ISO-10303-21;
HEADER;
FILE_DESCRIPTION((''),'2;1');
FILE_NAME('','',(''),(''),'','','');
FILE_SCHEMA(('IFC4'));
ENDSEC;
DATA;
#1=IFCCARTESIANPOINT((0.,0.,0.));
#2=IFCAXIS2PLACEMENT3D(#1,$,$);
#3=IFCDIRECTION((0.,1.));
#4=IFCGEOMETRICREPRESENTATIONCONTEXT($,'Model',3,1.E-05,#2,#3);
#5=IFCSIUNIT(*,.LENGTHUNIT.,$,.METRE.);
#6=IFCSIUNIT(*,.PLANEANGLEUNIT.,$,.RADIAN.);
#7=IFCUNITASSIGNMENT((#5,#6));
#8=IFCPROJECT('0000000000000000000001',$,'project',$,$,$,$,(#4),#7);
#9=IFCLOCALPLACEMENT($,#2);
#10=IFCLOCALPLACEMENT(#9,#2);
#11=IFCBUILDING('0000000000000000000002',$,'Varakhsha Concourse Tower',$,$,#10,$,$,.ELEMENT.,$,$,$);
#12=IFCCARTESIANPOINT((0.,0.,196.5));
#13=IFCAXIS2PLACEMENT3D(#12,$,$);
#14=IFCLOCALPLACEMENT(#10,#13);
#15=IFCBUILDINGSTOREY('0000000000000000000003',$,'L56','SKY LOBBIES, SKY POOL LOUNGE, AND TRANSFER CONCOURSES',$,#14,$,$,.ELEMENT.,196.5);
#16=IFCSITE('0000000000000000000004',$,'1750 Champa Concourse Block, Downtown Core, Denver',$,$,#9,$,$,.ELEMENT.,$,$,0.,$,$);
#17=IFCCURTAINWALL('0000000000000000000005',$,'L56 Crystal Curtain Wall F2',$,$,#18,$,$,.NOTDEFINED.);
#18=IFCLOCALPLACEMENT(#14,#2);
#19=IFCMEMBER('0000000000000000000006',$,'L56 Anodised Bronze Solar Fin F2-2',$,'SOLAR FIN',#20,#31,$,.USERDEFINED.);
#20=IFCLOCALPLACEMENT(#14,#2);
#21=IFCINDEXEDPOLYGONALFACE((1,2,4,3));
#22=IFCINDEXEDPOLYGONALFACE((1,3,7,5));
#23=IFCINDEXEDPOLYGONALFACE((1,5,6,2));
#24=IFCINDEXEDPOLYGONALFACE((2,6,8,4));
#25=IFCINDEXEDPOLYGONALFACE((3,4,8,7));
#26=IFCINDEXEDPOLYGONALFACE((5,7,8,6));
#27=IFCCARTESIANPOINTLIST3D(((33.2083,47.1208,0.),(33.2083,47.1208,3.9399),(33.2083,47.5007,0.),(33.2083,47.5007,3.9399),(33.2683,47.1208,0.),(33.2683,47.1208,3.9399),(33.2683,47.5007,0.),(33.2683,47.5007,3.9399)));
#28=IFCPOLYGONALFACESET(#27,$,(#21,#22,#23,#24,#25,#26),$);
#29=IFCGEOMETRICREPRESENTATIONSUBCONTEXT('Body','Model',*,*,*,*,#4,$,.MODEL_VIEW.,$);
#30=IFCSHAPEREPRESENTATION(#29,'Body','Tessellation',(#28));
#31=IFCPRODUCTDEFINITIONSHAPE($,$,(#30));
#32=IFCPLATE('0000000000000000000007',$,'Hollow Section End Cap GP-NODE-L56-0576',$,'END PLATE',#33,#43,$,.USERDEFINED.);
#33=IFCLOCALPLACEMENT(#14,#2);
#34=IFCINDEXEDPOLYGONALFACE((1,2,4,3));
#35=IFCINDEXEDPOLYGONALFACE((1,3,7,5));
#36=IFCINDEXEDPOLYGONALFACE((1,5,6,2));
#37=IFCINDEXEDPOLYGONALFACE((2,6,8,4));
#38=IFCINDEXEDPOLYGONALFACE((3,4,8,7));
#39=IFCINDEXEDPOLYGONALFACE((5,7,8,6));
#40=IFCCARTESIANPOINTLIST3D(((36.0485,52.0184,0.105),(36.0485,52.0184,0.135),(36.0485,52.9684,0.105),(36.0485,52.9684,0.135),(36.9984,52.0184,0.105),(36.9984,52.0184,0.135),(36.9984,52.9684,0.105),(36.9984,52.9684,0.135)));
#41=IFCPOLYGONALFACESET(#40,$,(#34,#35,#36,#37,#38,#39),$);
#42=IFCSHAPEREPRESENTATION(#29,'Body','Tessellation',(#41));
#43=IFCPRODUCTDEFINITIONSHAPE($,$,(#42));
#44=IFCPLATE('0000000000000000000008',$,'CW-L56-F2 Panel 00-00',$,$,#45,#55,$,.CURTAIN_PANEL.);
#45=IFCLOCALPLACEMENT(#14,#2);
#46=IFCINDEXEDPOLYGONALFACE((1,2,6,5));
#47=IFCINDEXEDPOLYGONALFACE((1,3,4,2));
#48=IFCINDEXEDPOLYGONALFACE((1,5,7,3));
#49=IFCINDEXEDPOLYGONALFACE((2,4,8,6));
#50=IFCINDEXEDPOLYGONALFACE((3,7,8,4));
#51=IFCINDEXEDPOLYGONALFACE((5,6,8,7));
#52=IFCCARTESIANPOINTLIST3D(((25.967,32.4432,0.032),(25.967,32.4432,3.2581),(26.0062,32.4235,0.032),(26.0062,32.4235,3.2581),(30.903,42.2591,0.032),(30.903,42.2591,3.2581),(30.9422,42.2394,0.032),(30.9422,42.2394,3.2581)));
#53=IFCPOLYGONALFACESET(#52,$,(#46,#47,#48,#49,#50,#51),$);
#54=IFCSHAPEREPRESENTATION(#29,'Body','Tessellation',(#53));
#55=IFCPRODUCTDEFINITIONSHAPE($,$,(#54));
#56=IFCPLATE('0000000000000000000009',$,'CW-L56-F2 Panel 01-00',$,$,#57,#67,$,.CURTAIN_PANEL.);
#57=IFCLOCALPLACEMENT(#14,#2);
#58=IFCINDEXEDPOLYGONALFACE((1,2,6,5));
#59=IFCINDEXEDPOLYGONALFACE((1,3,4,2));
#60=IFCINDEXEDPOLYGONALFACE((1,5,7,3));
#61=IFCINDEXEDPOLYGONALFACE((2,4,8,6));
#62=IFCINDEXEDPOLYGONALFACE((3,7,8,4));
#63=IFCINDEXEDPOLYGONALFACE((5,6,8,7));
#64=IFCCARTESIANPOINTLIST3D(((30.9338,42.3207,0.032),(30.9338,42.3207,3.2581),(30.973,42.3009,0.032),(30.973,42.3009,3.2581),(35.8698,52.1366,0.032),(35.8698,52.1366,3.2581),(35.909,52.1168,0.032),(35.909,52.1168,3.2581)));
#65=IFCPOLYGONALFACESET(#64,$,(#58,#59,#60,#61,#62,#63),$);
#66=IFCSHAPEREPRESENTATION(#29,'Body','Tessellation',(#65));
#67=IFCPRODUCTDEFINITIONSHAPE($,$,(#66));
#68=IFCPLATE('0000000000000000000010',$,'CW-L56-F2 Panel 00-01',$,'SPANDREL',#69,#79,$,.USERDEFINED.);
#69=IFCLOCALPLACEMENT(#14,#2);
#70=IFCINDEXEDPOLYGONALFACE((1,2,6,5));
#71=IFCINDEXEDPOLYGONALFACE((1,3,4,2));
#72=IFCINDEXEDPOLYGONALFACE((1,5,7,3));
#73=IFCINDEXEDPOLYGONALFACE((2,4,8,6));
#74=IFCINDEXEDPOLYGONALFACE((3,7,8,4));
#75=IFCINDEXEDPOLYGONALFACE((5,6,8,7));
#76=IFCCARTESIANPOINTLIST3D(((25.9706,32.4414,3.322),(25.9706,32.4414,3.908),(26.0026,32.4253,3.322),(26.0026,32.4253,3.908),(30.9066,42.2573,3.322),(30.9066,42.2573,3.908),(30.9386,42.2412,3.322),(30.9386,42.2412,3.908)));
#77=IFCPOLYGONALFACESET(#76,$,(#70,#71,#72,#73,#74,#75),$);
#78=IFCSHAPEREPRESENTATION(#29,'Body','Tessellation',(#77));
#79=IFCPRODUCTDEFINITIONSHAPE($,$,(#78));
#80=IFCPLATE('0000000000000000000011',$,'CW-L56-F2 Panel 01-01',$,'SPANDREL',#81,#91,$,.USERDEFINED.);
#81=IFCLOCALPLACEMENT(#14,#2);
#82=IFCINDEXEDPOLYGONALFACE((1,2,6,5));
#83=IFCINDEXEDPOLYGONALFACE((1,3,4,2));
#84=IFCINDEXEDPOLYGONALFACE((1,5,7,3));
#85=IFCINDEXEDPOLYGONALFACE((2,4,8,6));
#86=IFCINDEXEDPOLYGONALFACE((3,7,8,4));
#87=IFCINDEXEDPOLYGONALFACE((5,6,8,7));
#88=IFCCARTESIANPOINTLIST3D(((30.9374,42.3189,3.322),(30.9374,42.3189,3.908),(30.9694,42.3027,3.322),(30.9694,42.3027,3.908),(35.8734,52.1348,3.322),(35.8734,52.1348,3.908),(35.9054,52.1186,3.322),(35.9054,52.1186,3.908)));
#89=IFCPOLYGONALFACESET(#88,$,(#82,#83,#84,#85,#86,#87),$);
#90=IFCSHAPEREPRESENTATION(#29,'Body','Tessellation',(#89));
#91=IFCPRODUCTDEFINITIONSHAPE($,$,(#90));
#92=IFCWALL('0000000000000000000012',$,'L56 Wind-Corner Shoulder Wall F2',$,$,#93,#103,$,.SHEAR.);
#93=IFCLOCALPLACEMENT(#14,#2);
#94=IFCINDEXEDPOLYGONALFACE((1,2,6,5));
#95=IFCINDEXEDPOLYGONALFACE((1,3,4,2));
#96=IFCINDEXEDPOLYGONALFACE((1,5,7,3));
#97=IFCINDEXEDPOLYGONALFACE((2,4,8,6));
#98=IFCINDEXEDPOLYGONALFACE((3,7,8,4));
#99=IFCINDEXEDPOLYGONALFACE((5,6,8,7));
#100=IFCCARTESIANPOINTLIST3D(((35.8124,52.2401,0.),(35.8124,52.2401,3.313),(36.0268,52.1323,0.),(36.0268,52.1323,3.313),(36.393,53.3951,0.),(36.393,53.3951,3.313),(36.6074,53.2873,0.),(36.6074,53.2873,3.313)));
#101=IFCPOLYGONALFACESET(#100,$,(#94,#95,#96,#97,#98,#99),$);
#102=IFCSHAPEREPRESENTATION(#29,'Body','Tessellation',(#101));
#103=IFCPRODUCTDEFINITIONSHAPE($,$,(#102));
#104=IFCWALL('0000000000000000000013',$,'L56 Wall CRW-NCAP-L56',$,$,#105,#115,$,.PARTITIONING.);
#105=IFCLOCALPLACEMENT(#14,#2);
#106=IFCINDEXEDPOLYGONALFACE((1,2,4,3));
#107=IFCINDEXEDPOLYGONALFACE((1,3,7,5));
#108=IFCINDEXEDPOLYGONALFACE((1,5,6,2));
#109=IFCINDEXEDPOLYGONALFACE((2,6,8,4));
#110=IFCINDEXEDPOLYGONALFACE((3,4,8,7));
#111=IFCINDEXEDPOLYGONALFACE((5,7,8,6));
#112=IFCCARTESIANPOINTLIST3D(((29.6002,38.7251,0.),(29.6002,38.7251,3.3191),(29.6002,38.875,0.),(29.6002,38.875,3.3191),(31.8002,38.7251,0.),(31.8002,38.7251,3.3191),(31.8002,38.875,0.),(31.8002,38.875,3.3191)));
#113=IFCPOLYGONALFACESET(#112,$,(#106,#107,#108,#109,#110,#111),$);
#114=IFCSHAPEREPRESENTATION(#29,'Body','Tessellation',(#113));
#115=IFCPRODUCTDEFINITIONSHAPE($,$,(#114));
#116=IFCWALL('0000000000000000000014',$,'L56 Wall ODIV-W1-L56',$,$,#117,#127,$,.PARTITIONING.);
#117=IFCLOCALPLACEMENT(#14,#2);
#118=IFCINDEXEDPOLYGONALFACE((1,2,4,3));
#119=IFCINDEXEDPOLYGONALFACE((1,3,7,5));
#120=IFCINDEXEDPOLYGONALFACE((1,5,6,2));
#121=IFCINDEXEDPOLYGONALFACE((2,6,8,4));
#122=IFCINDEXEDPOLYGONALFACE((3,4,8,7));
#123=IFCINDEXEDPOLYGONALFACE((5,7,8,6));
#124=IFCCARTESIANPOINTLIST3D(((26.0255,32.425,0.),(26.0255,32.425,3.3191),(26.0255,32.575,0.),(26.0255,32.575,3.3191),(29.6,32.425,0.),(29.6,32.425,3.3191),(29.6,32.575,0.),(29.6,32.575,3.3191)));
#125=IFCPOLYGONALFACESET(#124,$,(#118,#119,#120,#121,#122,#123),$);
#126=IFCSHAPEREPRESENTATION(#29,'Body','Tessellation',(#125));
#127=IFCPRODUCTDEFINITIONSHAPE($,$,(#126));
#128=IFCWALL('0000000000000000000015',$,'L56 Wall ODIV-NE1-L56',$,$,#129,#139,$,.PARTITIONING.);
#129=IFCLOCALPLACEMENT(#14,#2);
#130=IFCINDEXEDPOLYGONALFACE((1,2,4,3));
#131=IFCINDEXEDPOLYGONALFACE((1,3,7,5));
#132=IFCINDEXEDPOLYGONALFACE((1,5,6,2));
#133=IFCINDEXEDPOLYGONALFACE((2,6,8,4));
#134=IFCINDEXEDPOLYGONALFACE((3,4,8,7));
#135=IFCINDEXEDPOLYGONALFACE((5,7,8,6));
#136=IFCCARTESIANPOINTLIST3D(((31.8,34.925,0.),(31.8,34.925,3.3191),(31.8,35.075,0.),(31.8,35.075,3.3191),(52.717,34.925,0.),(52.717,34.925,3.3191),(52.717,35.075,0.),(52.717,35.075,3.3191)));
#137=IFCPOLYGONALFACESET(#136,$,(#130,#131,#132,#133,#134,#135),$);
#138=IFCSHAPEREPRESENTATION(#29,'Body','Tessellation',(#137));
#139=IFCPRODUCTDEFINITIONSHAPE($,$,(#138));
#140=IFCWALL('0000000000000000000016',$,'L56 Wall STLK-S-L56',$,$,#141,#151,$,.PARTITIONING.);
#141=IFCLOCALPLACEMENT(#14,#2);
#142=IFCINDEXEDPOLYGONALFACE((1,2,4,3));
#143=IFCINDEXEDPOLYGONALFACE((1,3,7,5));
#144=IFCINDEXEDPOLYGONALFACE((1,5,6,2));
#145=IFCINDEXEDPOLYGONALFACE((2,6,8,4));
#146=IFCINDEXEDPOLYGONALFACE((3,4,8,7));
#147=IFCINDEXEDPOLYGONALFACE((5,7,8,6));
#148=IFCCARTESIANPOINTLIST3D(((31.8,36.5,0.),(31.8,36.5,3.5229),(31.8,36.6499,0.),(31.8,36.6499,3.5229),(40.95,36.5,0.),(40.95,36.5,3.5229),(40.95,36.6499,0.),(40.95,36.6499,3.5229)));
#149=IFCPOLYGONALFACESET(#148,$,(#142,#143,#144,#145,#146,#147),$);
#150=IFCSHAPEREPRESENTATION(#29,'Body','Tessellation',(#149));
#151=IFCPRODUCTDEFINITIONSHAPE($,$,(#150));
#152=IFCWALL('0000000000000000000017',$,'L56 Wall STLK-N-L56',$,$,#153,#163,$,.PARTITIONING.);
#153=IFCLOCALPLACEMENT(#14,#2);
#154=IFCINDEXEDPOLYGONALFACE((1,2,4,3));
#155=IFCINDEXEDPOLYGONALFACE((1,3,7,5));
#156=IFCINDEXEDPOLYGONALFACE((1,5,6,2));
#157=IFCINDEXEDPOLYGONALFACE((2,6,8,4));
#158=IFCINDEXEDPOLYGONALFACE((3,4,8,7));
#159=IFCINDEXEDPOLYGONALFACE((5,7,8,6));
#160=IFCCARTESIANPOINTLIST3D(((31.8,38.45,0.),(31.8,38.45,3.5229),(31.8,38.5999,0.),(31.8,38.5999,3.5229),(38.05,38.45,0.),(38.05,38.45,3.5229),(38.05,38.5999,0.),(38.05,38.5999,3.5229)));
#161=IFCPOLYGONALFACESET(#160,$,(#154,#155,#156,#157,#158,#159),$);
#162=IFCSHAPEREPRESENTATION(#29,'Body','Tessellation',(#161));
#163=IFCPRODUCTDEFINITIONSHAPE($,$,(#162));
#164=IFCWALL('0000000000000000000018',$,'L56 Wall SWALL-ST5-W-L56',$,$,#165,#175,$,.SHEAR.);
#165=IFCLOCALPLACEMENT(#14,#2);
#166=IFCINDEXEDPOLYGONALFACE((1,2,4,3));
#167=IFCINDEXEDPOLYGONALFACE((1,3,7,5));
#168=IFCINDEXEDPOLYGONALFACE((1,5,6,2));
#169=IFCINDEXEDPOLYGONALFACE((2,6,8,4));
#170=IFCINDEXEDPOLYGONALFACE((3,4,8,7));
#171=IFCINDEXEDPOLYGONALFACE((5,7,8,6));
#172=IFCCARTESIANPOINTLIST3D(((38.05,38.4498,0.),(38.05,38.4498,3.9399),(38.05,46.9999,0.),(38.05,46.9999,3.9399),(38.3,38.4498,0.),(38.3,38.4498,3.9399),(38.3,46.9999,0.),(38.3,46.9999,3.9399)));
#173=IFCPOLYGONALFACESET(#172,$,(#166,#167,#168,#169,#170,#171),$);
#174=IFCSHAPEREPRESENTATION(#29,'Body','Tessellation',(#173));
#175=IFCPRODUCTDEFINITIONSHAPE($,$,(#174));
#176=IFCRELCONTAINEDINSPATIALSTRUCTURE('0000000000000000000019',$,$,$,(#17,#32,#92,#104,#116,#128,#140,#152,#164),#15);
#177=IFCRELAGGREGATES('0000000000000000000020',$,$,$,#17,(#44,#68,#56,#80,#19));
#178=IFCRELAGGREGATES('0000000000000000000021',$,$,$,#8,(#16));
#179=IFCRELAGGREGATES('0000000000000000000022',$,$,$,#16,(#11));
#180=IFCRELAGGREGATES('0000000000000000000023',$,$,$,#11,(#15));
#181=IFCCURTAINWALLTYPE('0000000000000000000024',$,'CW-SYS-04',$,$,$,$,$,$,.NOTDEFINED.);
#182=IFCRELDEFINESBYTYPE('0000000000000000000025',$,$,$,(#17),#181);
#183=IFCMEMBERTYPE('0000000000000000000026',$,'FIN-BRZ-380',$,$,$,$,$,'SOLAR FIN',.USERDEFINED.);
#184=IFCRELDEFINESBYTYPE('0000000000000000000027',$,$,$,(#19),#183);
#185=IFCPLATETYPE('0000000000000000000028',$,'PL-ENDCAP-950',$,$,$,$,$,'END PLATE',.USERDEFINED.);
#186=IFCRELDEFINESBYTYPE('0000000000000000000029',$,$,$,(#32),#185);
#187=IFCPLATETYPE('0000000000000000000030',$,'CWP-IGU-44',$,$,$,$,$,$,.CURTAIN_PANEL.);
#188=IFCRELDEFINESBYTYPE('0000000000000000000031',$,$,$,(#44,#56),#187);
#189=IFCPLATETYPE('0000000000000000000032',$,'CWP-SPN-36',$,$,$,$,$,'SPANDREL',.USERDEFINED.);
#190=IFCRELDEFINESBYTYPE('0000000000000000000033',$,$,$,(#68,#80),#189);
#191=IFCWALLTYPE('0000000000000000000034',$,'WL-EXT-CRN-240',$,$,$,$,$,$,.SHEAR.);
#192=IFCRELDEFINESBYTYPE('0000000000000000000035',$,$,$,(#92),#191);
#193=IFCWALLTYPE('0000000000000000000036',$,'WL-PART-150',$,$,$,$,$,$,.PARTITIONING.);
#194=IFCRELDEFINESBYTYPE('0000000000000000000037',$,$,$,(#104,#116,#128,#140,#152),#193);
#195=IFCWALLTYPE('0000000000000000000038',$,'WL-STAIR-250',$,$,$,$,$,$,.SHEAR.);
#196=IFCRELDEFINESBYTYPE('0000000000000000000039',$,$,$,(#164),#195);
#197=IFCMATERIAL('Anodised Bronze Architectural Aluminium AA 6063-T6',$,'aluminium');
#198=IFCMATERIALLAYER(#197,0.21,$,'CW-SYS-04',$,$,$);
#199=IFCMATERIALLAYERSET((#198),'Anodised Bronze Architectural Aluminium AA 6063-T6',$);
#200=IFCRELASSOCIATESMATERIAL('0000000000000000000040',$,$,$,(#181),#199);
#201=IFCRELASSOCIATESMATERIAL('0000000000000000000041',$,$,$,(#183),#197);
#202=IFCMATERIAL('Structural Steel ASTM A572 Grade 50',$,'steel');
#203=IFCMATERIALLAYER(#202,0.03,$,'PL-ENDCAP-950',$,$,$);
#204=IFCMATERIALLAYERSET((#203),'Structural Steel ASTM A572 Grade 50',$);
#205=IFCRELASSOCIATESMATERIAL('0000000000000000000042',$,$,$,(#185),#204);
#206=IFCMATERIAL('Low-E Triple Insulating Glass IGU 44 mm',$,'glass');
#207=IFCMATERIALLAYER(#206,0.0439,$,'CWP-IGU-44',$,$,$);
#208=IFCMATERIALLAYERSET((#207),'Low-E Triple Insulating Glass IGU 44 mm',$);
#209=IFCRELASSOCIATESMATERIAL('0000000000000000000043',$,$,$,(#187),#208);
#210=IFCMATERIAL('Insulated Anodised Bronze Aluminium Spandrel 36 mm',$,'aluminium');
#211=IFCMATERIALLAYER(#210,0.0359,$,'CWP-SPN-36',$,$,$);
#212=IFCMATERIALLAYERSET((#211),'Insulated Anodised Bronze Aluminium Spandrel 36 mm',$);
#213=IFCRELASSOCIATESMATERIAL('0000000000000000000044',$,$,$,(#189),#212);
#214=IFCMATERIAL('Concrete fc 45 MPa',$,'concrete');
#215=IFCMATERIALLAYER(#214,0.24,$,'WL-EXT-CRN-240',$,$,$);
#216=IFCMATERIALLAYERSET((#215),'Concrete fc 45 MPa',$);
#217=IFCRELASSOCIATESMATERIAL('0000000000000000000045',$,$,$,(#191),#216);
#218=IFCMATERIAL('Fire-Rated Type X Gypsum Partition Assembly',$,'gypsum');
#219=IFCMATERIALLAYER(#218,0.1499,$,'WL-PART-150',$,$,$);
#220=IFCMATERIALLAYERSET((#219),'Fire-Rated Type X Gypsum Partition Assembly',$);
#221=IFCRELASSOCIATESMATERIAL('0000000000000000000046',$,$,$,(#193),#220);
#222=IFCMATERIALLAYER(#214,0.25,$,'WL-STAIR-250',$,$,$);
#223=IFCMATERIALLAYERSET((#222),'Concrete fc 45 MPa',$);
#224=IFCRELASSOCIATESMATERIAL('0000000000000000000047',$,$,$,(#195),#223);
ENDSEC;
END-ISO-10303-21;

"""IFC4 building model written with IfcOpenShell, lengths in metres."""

from ifc_helpers import new_model, si_unit, direction, frame, frame_2d, origin, origin_2d, place, context, subcontext, project, spatial, rectangle, extrude, source, transform, mapped, material, layer, layer_set, material_profile, profile_set, type_object, type_shapes, element, aggregate, save


model = new_model("IFC4")

# Units and contexts
model_context = context("Model", 3, precision=1e-05, world=origin(), true_north=direction((0.0, 1.0)))
body_context = subcontext(model_context, "Body", "Model", "MODEL_VIEW")
ifc_project = project(units=[si_unit("LENGTHUNIT", "METRE"), si_unit("PLANEANGLEUNIT", "RADIAN")], contexts=[model_context])

# Site, building, storey
site_placement = place(None, origin())
site = spatial("IfcSite", under=ifc_project, at=site_placement, Name="1750 Champa Concourse Block, Downtown Core, Denver", CompositionType="ELEMENT", RefElevation=0.0)
building_placement = place(site_placement, origin())
building = spatial("IfcBuilding", under=site, at=building_placement, Name="Varakhsha Concourse Tower", CompositionType="ELEMENT")
storey_placement = place(building_placement, frame((0.0, 0.0, 196.5)))
storey = spatial("IfcBuildingStorey", under=building, at=storey_placement, Name="L56", Description="SKY LOBBIES, SKY POOL LOUNGE, AND TRANSFER CONCOURSES", CompositionType="ELEMENT", Elevation=196.5)

# Shared definitions
ifc_material_1 = material(Name="Structural Steel ASTM A572 Grade 50", Category="steel")

# Shared definitions
ifc_material_2 = material(Name="Anodised Bronze Architectural Aluminium AA 6063-T6", Category="aluminium")
ifc_layer_1 = layer(ifc_material_2, 0.21, Name="CW-SYS-04")
ifc_layer_set_1 = layer_set([ifc_layer_1], Name="Anodised Bronze Architectural Aluminium AA 6063-T6")
curtain_wall_type = type_object("IfcCurtainWallType", Name="CW-SYS-04", PredefinedType="NOTDEFINED", material=ifc_layer_set_1)

# Curtain wall
curtain_wall_1_placement = place(storey_placement, origin())
curtain_wall_1 = element("IfcCurtainWall", 1, at=curtain_wall_1_placement, inside=storey, type_object=curtain_wall_type, Name="L56 Crystal Curtain Wall F2", PredefinedType="NOTDEFINED")

# Member
ifc_material_profile_1 = material_profile(ifc_material_2, rectangle(XDim=0.0601, YDim=0.3799, at=origin_2d()), Name="FIN-BRZ-380")
ifc_profile_set_1 = profile_set([ifc_material_profile_1], Name="Anodised Bronze Architectural Aluminium AA 6063-T6")
member_type_1 = type_object("IfcMemberType", Name="FIN-BRZ-380", ElementType="SOLAR FIN", PredefinedType="USERDEFINED", material=ifc_profile_set_1)
shared_shape_1 = source(origin(), body_context, "Body", "SweptSolid", [
    extrude(rectangle(XDim=0.0601, YDim=0.3799, at=origin_2d()), origin(), (0.0, 0.0, 1.0), 3.9399),
])
type_shapes(member_type_1, [shared_shape_1])
member_1_placement = place(storey_placement, frame((33.2383, 47.3108, 0.0), z_axis=(0.0, 0.0, 1.0), x_axis=(1.0, 0.0, 0.0)))
member_1 = element("IfcMember", 2, at=member_1_placement, type_object=member_type_1, Name="L56 Anodised Bronze Solar Fin F2-2", ObjectType="SOLAR FIN", PredefinedType="USERDEFINED", context=body_context, shape_type="MappedRepresentation", body=[
    mapped(shared_shape_1, transform((0.0, 0.0, 0.0), scale=1.0)),
])

# Plates
ifc_layer_2 = layer(ifc_material_1, 0.03, Name="PL-ENDCAP-950")
ifc_layer_set_2 = layer_set([ifc_layer_2], Name="Structural Steel ASTM A572 Grade 50")
plate_type_1 = type_object("IfcPlateType", Name="PL-ENDCAP-950", ElementType="END PLATE", PredefinedType="USERDEFINED", material=ifc_layer_set_2)
shared_shape_2 = source(origin(), body_context, "Body", "SweptSolid", [
    extrude(rectangle(XDim=0.95, YDim=0.95, at=origin_2d()), origin(), (0.0, 0.0, 1.0), 0.03),
])
type_shapes(plate_type_1, [shared_shape_2])
plate_1_placement = place(storey_placement, frame((36.5234, 52.4934, 0.105), z_axis=(0.0, 0.0, 1.0), x_axis=(1.0, 0.0, 0.0)))
element("IfcPlate", 3, at=plate_1_placement, inside=storey, type_object=plate_type_1, Name="Hollow Section End Cap GP-NODE-L56-0576", ObjectType="END PLATE", PredefinedType="USERDEFINED", context=body_context, shape_type="MappedRepresentation", body=[
    mapped(shared_shape_2, transform((0.0, 0.0, 0.0), scale=1.0)),
])
ifc_material_3 = material(Name="Low-E Triple Insulating Glass IGU 44 mm", Category="glass")
ifc_layer_3 = layer(ifc_material_3, 0.0439, Name="CWP-IGU-44")
ifc_layer_set_3 = layer_set([ifc_layer_3], Name="Low-E Triple Insulating Glass IGU 44 mm")
plate_type_2 = type_object("IfcPlateType", Name="CWP-IGU-44", PredefinedType="CURTAIN_PANEL", material=ifc_layer_set_3)
shared_shape_3 = source(origin(), body_context, "Body", "SweptSolid", [
    extrude(rectangle(XDim=10.9871, YDim=0.0439, at=origin_2d()), origin(), (0.0, 0.0, 1.0), 3.2261),
])
type_shapes(plate_type_2, [shared_shape_3])
plate_2_placement = place(storey_placement, frame((28.4546, 37.3413, 0.032), z_axis=(0.0, 0.0, 1.0), x_axis=(0.449255, 0.893404, 0.0)))
plate_2 = element("IfcPlate", 4, at=plate_2_placement, type_object=plate_type_2, Name="CW-L56-F2 Panel 00-00", PredefinedType="CURTAIN_PANEL", context=body_context, shape_type="MappedRepresentation", body=[
    mapped(shared_shape_3, transform((0.0, 0.0, 0.0), scale=1.0)),
])
plate_3_placement = place(storey_placement, frame((33.4214, 47.2188, 0.032), z_axis=(0.0, 0.0, 1.0), x_axis=(0.449255, 0.893404, 0.0)))
plate_3 = element("IfcPlate", 5, at=plate_3_placement, type_object=plate_type_2, Name="CW-L56-F2 Panel 01-00", PredefinedType="CURTAIN_PANEL", context=body_context, shape_type="MappedRepresentation", body=[
    mapped(shared_shape_3, transform((0.0, 0.0, 0.0), scale=1.0)),
])
ifc_material_4 = material(Name="Insulated Anodised Bronze Aluminium Spandrel 36 mm", Category="aluminium")
ifc_layer_4 = layer(ifc_material_4, 0.0359, Name="CWP-SPN-36")
ifc_layer_set_4 = layer_set([ifc_layer_4], Name="Insulated Anodised Bronze Aluminium Spandrel 36 mm")
plate_type_3 = type_object("IfcPlateType", Name="CWP-SPN-36", ElementType="SPANDREL", PredefinedType="USERDEFINED", material=ifc_layer_set_4)
shared_shape_4 = source(origin(), body_context, "Body", "SweptSolid", [
    extrude(rectangle(XDim=10.9871, YDim=0.0359, at=origin_2d()), origin(), (0.0, 0.0, 1.0), 0.5859),
])
type_shapes(plate_type_3, [shared_shape_4])
plate_4_placement = place(storey_placement, frame((28.4546, 37.3413, 3.322), z_axis=(0.0, 0.0, 1.0), x_axis=(0.449255, 0.893404, 0.0)))
plate_4 = element("IfcPlate", 6, at=plate_4_placement, type_object=plate_type_3, Name="CW-L56-F2 Panel 00-01", ObjectType="SPANDREL", PredefinedType="USERDEFINED", context=body_context, shape_type="MappedRepresentation", body=[
    mapped(shared_shape_4, transform((0.0, 0.0, 0.0), scale=1.0)),
])
plate_5_placement = place(storey_placement, frame((33.4214, 47.2188, 3.322), z_axis=(0.0, 0.0, 1.0), x_axis=(0.449255, 0.893404, 0.0)))
plate_5 = element("IfcPlate", 7, at=plate_5_placement, type_object=plate_type_3, Name="CW-L56-F2 Panel 01-01", ObjectType="SPANDREL", PredefinedType="USERDEFINED", context=body_context, shape_type="MappedRepresentation", body=[
    mapped(shared_shape_4, transform((0.0, 0.0, 0.0), scale=1.0)),
])
aggregate(curtain_wall_1, [plate_2, plate_4, plate_3, plate_5, member_1])

# Walls
ifc_material_5 = material(Name="Concrete fc 45 MPa", Category="concrete")
ifc_layer_5 = layer(ifc_material_5, 0.24, Name="WL-EXT-CRN-240")
ifc_layer_set_5 = layer_set([ifc_layer_5], Name="Concrete fc 45 MPa")
wall_type_1 = type_object("IfcWallType", Name="WL-EXT-CRN-240", PredefinedType="SHEAR", material=ifc_layer_set_5)
wall_1_placement = place(storey_placement, frame((36.5002, 53.3413, 0.0), z_axis=(0.0, 0.0, 1.0), x_axis=(-0.449101, -0.893481, 0.0)))
element("IfcWall", 8, at=wall_1_placement, inside=storey, type_object=wall_type_1, Name="L56 Wind-Corner Shoulder Wall F2", PredefinedType="SHEAR", context=body_context, shape_type="SweptSolid", body=[
    extrude(rectangle(XDim=1.2927, YDim=0.24, at=frame_2d((0.6465, 0.0))), origin(), (0.0, 0.0, 1.0), 3.313),
])
ifc_material_6 = material(Name="Fire-Rated Type X Gypsum Partition Assembly", Category="gypsum")
ifc_layer_6 = layer(ifc_material_6, 0.1499, Name="WL-PART-150")
ifc_layer_set_6 = layer_set([ifc_layer_6], Name="Fire-Rated Type X Gypsum Partition Assembly")
wall_type_2 = type_object("IfcWallType", Name="WL-PART-150", PredefinedType="PARTITIONING", material=ifc_layer_set_6)
wall_2_placement = place(storey_placement, frame((29.6001, 38.8, 0.0), z_axis=(0.0, 0.0, 1.0), x_axis=(1.0, 0.0, 0.0)))
element("IfcWall", 9, at=wall_2_placement, inside=storey, type_object=wall_type_2, Name="L56 Wall CRW-NCAP-L56", PredefinedType="PARTITIONING", context=body_context, shape_type="SweptSolid", body=[
    extrude(rectangle(XDim=2.2, YDim=0.1499, at=frame_2d((1.1001, 0.0))), origin(), (0.0, 0.0, 1.0), 3.3191),
])
wall_3_placement = place(storey_placement, frame((26.0256, 32.5, 0.0), z_axis=(0.0, 0.0, 1.0), x_axis=(1.0, 0.0, 0.0)))
element("IfcWall", 10, at=wall_3_placement, inside=storey, type_object=wall_type_2, Name="L56 Wall ODIV-W1-L56", PredefinedType="PARTITIONING", context=body_context, shape_type="SweptSolid", body=[
    extrude(rectangle(XDim=3.5745, YDim=0.1499, at=frame_2d((1.7871, 0.0))), origin(), (0.0, 0.0, 1.0), 3.3191),
])
wall_4_placement = place(storey_placement, frame((31.8, 35.0, 0.0), z_axis=(0.0, 0.0, 1.0), x_axis=(1.0, 0.0, 0.0)))
element("IfcWall", 11, at=wall_4_placement, inside=storey, type_object=wall_type_2, Name="L56 Wall ODIV-NE1-L56", PredefinedType="PARTITIONING", context=body_context, shape_type="SweptSolid", body=[
    extrude(rectangle(XDim=20.917, YDim=0.1499, at=frame_2d((10.4585, 0.0))), origin(), (0.0, 0.0, 1.0), 3.3191),
])
wall_5_placement = place(storey_placement, frame((31.8, 36.575, 0.0), z_axis=(0.0, 0.0, 1.0), x_axis=(1.0, 0.0, 0.0)))
element("IfcWall", 12, at=wall_5_placement, inside=storey, type_object=wall_type_2, Name="L56 Wall STLK-S-L56", PredefinedType="PARTITIONING", context=body_context, shape_type="SweptSolid", body=[
    extrude(rectangle(XDim=9.1499, YDim=0.1499, at=frame_2d((4.575, 0.0))), origin(), (0.0, 0.0, 1.0), 3.5229),
])
wall_6_placement = place(storey_placement, frame((31.8, 38.5249, 0.0), z_axis=(0.0, 0.0, 1.0), x_axis=(1.0, 0.0, 0.0)))
element("IfcWall", 13, at=wall_6_placement, inside=storey, type_object=wall_type_2, Name="L56 Wall STLK-N-L56", PredefinedType="PARTITIONING", context=body_context, shape_type="SweptSolid", body=[
    extrude(rectangle(XDim=6.25, YDim=0.1499, at=frame_2d((3.125, 0.0))), origin(), (0.0, 0.0, 1.0), 3.5229),
])
ifc_layer_7 = layer(ifc_material_5, 0.25, Name="WL-STAIR-250")
ifc_layer_set_7 = layer_set([ifc_layer_7], Name="Concrete fc 45 MPa")
wall_type_3 = type_object("IfcWallType", Name="WL-STAIR-250", PredefinedType="SHEAR", material=ifc_layer_set_7)
wall_7_placement = place(storey_placement, frame((38.175, 38.45, 0.0), z_axis=(0.0, 0.0, 1.0), x_axis=(0.0, 1.0, 0.0)))
element("IfcWall", 14, at=wall_7_placement, inside=storey, type_object=wall_type_3, Name="L56 Wall SWALL-ST5-W-L56", PredefinedType="SHEAR", context=body_context, shape_type="SweptSolid", body=[
    extrude(rectangle(XDim=8.55, YDim=0.25, at=frame_2d((4.2749, 0.0))), origin(), (0.0, 0.0, 1.0), 3.9399),
])

save(model, "model.ifc")
